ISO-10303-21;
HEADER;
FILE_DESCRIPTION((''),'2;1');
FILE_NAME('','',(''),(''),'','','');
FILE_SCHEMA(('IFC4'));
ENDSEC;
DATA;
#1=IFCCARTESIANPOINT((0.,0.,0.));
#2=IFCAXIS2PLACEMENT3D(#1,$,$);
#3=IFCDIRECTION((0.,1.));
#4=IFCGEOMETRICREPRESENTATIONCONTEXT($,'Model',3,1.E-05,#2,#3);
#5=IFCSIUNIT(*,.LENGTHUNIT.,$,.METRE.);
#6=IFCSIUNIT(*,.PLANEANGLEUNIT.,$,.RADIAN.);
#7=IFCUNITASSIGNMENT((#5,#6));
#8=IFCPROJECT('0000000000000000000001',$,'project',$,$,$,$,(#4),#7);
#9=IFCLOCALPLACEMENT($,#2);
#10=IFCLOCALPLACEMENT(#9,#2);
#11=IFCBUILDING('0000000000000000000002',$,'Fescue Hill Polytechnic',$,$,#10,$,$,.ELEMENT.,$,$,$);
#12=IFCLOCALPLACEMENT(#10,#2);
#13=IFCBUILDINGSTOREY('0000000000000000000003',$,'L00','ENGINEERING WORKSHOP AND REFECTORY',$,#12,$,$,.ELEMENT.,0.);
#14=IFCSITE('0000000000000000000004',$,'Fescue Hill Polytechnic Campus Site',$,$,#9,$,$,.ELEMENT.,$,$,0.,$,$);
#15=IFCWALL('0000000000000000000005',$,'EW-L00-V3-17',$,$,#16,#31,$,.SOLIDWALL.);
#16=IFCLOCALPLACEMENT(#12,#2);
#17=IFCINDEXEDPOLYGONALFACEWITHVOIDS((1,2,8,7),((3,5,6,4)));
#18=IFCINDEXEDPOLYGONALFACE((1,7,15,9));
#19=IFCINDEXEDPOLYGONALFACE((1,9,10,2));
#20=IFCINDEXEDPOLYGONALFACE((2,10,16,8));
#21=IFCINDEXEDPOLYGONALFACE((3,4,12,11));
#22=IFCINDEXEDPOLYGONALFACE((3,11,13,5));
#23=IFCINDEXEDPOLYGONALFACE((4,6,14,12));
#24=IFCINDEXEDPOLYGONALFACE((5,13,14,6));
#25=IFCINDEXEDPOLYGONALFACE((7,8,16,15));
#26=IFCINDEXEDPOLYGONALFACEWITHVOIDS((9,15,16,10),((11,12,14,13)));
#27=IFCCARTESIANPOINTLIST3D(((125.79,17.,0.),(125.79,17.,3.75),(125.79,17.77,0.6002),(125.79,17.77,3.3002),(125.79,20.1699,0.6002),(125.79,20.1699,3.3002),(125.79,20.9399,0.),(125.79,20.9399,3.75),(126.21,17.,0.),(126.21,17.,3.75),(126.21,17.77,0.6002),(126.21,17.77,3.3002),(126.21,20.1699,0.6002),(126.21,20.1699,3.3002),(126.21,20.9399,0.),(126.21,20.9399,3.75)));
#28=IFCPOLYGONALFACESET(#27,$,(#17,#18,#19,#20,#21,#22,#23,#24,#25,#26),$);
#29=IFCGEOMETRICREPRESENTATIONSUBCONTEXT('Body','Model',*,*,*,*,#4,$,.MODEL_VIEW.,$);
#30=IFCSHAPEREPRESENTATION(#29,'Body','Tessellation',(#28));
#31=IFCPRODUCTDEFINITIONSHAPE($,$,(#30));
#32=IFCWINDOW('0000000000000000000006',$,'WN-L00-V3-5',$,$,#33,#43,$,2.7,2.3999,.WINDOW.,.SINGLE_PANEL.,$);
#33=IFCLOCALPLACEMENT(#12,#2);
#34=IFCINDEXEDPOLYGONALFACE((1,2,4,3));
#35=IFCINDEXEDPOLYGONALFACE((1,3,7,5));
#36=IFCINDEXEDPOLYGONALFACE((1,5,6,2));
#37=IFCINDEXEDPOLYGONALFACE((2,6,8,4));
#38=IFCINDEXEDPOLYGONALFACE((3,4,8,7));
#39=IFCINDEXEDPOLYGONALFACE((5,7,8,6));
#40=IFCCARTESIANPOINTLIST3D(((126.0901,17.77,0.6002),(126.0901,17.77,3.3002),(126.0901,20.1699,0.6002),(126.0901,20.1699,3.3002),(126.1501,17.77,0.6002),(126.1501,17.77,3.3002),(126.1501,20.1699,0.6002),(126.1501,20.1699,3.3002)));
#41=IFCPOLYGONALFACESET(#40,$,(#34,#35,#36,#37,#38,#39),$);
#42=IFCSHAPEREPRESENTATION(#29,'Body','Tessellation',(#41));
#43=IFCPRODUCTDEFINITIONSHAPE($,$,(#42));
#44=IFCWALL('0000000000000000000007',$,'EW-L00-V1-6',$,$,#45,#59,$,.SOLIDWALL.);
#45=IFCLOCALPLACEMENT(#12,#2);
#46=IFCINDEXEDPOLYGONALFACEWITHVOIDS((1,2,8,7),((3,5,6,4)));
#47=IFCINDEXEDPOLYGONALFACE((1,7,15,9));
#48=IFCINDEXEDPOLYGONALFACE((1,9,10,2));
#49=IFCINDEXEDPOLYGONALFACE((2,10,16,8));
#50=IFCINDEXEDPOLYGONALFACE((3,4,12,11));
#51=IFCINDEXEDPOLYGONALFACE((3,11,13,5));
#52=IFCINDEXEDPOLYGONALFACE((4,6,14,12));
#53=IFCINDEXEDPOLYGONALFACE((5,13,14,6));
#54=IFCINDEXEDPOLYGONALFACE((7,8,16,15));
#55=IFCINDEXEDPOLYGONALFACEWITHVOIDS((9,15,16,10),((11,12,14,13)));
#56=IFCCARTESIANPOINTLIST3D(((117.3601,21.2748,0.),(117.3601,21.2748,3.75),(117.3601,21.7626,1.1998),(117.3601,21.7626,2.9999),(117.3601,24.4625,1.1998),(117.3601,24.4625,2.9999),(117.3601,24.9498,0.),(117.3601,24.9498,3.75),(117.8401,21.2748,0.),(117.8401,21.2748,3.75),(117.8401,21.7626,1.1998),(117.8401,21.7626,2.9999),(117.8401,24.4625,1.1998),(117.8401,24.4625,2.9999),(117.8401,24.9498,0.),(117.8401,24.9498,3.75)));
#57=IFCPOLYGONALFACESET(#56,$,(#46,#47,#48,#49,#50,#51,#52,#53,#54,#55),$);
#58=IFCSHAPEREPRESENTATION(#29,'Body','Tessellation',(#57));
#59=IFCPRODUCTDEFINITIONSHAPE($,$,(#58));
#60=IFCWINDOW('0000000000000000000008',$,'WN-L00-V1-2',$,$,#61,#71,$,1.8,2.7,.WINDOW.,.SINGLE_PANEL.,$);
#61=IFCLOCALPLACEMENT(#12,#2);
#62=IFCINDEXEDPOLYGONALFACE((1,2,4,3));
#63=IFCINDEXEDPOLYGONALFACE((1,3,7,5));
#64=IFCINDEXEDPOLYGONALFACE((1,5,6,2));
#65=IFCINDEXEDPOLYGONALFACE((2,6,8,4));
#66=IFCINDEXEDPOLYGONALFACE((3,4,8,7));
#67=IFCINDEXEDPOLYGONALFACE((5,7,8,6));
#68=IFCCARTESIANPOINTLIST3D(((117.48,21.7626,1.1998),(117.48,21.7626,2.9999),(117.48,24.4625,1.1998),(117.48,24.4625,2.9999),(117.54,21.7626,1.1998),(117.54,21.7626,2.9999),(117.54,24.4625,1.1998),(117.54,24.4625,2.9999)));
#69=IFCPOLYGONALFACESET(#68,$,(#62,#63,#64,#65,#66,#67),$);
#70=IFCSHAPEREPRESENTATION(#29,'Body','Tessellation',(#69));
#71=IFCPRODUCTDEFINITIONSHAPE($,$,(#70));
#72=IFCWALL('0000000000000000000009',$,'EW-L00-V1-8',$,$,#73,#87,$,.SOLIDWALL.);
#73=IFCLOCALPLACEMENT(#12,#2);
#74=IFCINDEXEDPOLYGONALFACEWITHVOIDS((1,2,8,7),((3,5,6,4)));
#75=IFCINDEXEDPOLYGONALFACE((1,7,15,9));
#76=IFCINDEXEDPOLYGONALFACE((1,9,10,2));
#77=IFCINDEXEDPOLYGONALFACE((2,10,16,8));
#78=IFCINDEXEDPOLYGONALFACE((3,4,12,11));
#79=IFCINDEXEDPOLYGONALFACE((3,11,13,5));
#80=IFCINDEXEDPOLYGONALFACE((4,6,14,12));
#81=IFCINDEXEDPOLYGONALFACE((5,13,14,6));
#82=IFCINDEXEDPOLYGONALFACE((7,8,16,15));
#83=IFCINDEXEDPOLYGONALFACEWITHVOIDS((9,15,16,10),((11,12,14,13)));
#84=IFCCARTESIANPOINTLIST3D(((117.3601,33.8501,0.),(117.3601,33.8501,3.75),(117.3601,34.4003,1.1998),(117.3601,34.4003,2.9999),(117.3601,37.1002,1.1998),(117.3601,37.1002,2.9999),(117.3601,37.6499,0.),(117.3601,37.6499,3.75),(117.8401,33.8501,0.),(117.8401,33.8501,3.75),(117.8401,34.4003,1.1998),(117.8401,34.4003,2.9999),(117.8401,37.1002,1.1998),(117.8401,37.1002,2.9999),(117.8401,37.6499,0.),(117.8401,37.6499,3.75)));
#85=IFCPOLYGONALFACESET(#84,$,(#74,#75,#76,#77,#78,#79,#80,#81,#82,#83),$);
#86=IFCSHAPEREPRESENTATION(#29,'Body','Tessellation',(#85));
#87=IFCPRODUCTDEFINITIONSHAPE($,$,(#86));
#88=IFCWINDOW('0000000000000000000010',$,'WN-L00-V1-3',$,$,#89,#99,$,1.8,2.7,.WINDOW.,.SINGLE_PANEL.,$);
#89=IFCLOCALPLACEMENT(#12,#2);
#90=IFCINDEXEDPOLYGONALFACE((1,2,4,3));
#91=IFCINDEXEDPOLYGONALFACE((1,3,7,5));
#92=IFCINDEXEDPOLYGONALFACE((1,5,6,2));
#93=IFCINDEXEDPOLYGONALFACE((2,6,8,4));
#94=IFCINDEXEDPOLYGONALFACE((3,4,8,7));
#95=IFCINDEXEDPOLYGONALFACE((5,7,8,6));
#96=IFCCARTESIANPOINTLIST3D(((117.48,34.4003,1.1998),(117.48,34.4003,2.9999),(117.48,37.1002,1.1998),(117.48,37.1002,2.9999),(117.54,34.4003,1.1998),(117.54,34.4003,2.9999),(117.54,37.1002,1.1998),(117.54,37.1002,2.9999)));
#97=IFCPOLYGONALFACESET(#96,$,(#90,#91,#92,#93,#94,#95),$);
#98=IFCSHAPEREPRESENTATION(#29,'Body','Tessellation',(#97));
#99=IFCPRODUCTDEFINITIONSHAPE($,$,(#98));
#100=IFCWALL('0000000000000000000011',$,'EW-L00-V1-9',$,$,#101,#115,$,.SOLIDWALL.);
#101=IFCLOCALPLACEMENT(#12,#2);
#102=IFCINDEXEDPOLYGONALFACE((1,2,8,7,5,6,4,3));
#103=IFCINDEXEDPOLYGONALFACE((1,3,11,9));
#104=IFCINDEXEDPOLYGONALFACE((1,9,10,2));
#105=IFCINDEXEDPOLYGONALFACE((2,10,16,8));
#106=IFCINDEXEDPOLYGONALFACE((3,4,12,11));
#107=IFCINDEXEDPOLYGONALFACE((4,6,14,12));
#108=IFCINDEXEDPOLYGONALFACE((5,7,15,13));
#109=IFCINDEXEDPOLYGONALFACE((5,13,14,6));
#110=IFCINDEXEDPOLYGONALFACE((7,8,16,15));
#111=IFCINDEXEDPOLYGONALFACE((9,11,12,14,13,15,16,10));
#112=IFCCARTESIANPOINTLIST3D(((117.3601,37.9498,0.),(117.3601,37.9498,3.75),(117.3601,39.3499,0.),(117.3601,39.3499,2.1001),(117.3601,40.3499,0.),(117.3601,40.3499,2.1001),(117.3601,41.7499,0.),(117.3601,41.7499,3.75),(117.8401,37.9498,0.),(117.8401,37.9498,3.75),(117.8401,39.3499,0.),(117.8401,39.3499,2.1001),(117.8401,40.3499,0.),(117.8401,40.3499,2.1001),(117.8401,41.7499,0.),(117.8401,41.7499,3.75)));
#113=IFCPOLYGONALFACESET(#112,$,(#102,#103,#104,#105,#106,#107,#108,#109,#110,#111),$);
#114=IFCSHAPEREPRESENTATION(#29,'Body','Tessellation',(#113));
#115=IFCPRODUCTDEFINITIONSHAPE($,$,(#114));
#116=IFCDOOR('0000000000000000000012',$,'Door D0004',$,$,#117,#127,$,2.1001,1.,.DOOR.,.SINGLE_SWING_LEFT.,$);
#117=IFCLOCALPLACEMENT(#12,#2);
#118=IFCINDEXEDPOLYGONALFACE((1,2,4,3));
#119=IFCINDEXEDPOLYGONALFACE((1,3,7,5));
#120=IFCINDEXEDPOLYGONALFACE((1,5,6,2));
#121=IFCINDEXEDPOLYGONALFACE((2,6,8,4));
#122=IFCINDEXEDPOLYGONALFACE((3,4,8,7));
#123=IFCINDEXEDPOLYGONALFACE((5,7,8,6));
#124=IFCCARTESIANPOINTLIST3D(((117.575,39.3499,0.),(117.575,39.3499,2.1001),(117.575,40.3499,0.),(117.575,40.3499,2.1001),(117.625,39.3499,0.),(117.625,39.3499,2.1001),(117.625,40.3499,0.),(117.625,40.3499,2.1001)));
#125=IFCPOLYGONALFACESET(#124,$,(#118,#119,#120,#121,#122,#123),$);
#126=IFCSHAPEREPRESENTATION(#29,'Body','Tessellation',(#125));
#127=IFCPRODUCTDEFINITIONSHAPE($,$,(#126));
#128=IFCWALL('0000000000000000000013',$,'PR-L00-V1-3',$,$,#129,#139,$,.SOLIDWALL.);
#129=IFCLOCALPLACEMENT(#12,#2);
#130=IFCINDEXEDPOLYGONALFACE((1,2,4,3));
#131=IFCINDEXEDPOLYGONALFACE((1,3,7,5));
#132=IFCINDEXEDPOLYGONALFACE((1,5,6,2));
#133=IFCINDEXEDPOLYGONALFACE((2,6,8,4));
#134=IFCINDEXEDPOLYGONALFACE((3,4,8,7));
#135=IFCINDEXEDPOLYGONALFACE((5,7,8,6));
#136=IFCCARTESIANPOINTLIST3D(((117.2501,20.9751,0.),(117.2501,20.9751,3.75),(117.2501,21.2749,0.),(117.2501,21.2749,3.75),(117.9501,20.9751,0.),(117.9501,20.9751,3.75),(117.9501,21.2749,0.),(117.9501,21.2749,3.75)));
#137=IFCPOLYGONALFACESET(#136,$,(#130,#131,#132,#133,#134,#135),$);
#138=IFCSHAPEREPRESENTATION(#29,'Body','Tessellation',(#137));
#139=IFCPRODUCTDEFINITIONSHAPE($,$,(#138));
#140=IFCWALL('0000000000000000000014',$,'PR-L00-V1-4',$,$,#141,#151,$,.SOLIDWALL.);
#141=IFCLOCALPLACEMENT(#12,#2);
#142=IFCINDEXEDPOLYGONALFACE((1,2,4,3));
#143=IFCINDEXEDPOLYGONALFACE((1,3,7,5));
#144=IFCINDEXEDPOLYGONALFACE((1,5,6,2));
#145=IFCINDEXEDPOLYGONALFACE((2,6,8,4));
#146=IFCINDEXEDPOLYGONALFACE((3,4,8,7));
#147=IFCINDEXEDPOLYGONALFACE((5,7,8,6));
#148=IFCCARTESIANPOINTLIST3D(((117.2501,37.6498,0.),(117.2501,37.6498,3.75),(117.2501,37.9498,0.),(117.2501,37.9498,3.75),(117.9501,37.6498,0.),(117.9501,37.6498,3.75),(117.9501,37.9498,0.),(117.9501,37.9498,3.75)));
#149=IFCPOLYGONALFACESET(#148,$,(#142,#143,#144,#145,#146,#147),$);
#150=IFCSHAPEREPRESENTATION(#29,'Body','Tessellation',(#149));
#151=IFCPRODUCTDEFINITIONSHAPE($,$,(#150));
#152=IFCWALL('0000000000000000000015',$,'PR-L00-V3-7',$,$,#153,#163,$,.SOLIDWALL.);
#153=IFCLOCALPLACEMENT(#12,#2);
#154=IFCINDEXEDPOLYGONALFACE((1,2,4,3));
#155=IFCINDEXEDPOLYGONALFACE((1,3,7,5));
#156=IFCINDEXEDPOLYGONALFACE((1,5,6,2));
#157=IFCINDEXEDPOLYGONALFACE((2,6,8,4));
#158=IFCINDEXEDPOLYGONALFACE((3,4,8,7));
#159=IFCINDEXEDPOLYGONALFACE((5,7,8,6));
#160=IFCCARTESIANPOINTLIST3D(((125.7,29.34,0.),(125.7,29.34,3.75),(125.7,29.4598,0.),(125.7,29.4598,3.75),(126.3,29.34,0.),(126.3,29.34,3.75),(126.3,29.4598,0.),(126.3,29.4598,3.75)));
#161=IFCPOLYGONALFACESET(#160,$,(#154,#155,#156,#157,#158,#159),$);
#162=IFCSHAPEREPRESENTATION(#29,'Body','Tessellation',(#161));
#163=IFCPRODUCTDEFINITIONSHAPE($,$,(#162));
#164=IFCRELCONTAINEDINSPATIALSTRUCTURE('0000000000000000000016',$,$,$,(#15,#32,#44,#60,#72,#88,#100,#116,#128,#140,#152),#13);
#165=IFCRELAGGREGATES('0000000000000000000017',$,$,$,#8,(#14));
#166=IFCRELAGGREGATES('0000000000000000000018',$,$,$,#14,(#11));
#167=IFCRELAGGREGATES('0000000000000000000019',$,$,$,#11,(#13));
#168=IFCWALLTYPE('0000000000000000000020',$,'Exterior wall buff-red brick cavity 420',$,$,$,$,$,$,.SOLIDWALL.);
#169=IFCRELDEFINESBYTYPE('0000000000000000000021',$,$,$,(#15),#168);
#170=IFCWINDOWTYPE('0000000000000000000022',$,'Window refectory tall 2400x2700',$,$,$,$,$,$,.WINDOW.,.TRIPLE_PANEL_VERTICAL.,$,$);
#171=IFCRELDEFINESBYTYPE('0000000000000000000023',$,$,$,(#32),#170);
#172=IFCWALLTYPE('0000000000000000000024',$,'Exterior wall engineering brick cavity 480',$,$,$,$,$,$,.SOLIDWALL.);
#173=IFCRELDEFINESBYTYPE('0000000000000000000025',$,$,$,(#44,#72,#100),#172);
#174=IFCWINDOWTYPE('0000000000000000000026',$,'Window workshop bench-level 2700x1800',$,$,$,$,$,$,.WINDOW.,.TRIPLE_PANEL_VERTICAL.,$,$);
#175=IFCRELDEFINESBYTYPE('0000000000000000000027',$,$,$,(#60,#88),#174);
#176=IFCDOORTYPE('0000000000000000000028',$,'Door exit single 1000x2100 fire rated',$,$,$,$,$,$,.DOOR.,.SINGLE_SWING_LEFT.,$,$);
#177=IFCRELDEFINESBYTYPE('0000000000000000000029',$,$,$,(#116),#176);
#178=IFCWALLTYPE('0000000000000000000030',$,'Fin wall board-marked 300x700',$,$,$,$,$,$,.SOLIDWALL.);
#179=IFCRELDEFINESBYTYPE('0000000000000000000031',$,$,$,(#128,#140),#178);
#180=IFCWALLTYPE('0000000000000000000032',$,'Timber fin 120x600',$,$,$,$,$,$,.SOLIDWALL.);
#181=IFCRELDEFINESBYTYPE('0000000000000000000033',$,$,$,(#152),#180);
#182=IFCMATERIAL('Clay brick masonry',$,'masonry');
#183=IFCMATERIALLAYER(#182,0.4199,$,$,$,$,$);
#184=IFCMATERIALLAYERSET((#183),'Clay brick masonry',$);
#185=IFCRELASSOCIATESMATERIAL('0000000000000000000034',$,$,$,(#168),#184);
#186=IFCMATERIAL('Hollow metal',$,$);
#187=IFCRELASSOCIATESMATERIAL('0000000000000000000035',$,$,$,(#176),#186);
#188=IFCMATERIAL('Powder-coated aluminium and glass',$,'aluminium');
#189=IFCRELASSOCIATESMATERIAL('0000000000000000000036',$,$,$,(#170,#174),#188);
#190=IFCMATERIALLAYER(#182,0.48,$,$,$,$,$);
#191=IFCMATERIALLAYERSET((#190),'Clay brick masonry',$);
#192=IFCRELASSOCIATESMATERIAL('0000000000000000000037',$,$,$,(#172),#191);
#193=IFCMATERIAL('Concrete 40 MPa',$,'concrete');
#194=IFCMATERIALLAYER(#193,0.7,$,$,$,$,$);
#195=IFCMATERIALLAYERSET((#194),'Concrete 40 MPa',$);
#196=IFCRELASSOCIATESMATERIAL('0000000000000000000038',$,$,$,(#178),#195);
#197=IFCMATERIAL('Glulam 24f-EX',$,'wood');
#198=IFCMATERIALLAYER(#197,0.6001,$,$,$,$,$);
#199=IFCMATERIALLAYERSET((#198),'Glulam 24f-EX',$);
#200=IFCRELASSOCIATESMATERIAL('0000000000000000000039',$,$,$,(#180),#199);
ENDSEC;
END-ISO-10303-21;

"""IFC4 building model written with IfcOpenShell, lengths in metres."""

from ifc_helpers import new_model, si_unit, direction, frame, frame_2d, origin, place, context, subcontext, project, spatial, rectangle, extrude, material, layer, layer_set, type_object, element, fill, save


model = new_model("IFC4")

# Units and contexts
model_context = context("Model", 3, precision=1e-05, world=origin(), true_north=direction((0.0, 1.0)))
body_context = subcontext(model_context, "Body", "Model", "MODEL_VIEW")
ifc_project = project(units=[si_unit("LENGTHUNIT", "METRE"), si_unit("PLANEANGLEUNIT", "RADIAN")], contexts=[model_context])

# Site, building, storey
site_placement = place(None, origin())
site = spatial("IfcSite", under=ifc_project, at=site_placement, Name="Fescue Hill Polytechnic Campus Site", CompositionType="ELEMENT", RefElevation=0.0)
building_placement = place(site_placement, origin())
building = spatial("IfcBuilding", under=site, at=building_placement, Name="Fescue Hill Polytechnic", CompositionType="ELEMENT")
storey_placement = place(building_placement, origin())
storey = spatial("IfcBuildingStorey", under=building, at=storey_placement, Name="L00", Description="ENGINEERING WORKSHOP AND REFECTORY", CompositionType="ELEMENT", Elevation=0.0)

# Shared definitions
ifc_material_1 = material(Name="Concrete 40 MPa", Category="concrete")

# Shared definitions
ifc_material_2 = material(Name="Clay brick masonry", Category="masonry")
ifc_layer_1 = layer(ifc_material_2, 0.4199)
ifc_layer_set_1 = layer_set([ifc_layer_1], Name="Clay brick masonry")
wall_type_1 = type_object("IfcWallType", Name="Exterior wall buff-red brick cavity 420", PredefinedType="SOLIDWALL", material=ifc_layer_set_1)
ifc_material_3 = material(Name="Hollow metal")
door_type_1 = type_object("IfcDoorType", Name="Door exit single 1000x2100 fire rated", OperationType="SINGLE_SWING_LEFT", PredefinedType="DOOR", material=ifc_material_3)

# Shared definitions
ifc_material_4 = material(Name="Powder-coated aluminium and glass", Category="aluminium")
window_type_1 = type_object("IfcWindowType", Name="Window refectory tall 2400x2700", PartitioningType="TRIPLE_PANEL_VERTICAL", PredefinedType="WINDOW", material=ifc_material_4)

# Walls, openings, windows
wall_1_placement = place(storey_placement, frame((126.0, 20.9399, 0.0), z_axis=(0.0, 0.0, 1.0), x_axis=(0.0, -1.0, 0.0)))
wall_1 = element("IfcWall", 1, at=wall_1_placement, inside=storey, type_object=wall_type_1, Name="EW-L00-V3-17", PredefinedType="SOLIDWALL", context=body_context, shape_type="SweptSolid", body=[
    extrude(rectangle(XDim=3.9399, YDim=0.4199, at=frame_2d((1.97, 0.0))), origin(), (0.0, 0.0, 1.0), 3.75),
])
opening_1_placement = place(wall_1_placement, frame((0.77, 0.0, 0.6001)))
opening_1 = element("IfcOpeningElement", 2, at=opening_1_placement, cuts=wall_1, PredefinedType="OPENING", context=body_context, shape_type="SweptSolid", body=[
    extrude(rectangle(XDim=2.3999, YDim=2.7, at=frame_2d((1.2, 1.3501))), frame((0.0, 0.22, 0.0), z_axis=(0.0, -1.0, 0.0), x_axis=(1.0, 0.0, 0.0)), (0.0, 0.0, 1.0), 0.4399),
])
window_1_placement = place(opening_1_placement, origin())
window_1 = element("IfcWindow", 3, at=window_1_placement, inside=storey, type_object=window_type_1, Name="WN-L00-V3-5", OverallHeight=2.7, OverallWidth=2.3999, PartitioningType="SINGLE_PANEL", PredefinedType="WINDOW", context=body_context, shape_type="SweptSolid", body=[
    extrude(rectangle(XDim=2.3999, YDim=2.7, at=frame_2d((1.2, 1.3501))), frame((0.0, 0.1501, 0.0), z_axis=(0.0, -1.0, 0.0), x_axis=(1.0, 0.0, 0.0)), (0.0, 0.0, 1.0), 0.0601),
])
fill(opening_1, window_1)
ifc_layer_2 = layer(ifc_material_2, 0.48)
ifc_layer_set_2 = layer_set([ifc_layer_2], Name="Clay brick masonry")
wall_type_2 = type_object("IfcWallType", Name="Exterior wall engineering brick cavity 480", PredefinedType="SOLIDWALL", material=ifc_layer_set_2)
wall_2_placement = place(storey_placement, frame((117.6001, 21.2749, 0.0), z_axis=(0.0, 0.0, 1.0), x_axis=(0.0, 1.0, 0.0)))
wall_2 = element("IfcWall", 4, at=wall_2_placement, inside=storey, type_object=wall_type_2, Name="EW-L00-V1-6", PredefinedType="SOLIDWALL", context=body_context, shape_type="SweptSolid", body=[
    extrude(rectangle(XDim=3.675, YDim=0.48, at=frame_2d((1.8374, 0.0))), origin(), (0.0, 0.0, 1.0), 3.75),
])
opening_2_placement = place(wall_2_placement, frame((0.4875, 0.0, 1.2)))
opening_2 = element("IfcOpeningElement", 5, at=opening_2_placement, cuts=wall_2, PredefinedType="OPENING", context=body_context, shape_type="SweptSolid", body=[
    extrude(rectangle(XDim=2.7, YDim=1.8, at=frame_2d((1.3501, 0.8999))), frame((0.0, 0.25, 0.0), z_axis=(0.0, -1.0, 0.0), x_axis=(1.0, 0.0, 0.0)), (0.0, 0.0, 1.0), 0.5),
])
window_type_2 = type_object("IfcWindowType", Name="Window workshop bench-level 2700x1800", PartitioningType="TRIPLE_PANEL_VERTICAL", PredefinedType="WINDOW", material=ifc_material_4)
window_2_placement = place(opening_2_placement, origin())
window_2 = element("IfcWindow", 6, at=window_2_placement, inside=storey, type_object=window_type_2, Name="WN-L00-V1-2", OverallHeight=1.8, OverallWidth=2.7, PartitioningType="SINGLE_PANEL", PredefinedType="WINDOW", context=body_context, shape_type="SweptSolid", body=[
    extrude(rectangle(XDim=2.7, YDim=1.8, at=frame_2d((1.3501, 0.8999))), frame((0.0, 0.1201, 0.0), z_axis=(0.0, -1.0, 0.0), x_axis=(1.0, 0.0, 0.0)), (0.0, 0.0, 1.0), 0.0601),
])
fill(opening_2, window_2)

# Wall, opening, window
wall_3_placement = place(storey_placement, frame((117.6001, 33.8501, 0.0), z_axis=(0.0, 0.0, 1.0), x_axis=(0.0, 1.0, 0.0)))
wall_3 = element("IfcWall", 7, at=wall_3_placement, inside=storey, type_object=wall_type_2, Name="EW-L00-V1-8", PredefinedType="SOLIDWALL", context=body_context, shape_type="SweptSolid", body=[
    extrude(rectangle(XDim=3.7998, YDim=0.48, at=frame_2d((1.8999, 0.0))), origin(), (0.0, 0.0, 1.0), 3.75),
])
opening_3_placement = place(wall_3_placement, frame((0.55, 0.0, 1.2)))
opening_3 = element("IfcOpeningElement", 8, at=opening_3_placement, cuts=wall_3, PredefinedType="OPENING", context=body_context, shape_type="SweptSolid", body=[
    extrude(rectangle(XDim=2.7, YDim=1.8, at=frame_2d((1.3501, 0.8999))), frame((0.0, 0.25, 0.0), z_axis=(0.0, -1.0, 0.0), x_axis=(1.0, 0.0, 0.0)), (0.0, 0.0, 1.0), 0.5),
])
window_3_placement = place(opening_3_placement, origin())
window_3 = element("IfcWindow", 9, at=window_3_placement, inside=storey, type_object=window_type_2, Name="WN-L00-V1-3", OverallHeight=1.8, OverallWidth=2.7, PartitioningType="SINGLE_PANEL", PredefinedType="WINDOW", context=body_context, shape_type="SweptSolid", body=[
    extrude(rectangle(XDim=2.7, YDim=1.8, at=frame_2d((1.3501, 0.8999))), frame((0.0, 0.1201, 0.0), z_axis=(0.0, -1.0, 0.0), x_axis=(1.0, 0.0, 0.0)), (0.0, 0.0, 1.0), 0.0601),
])
fill(opening_3, window_3)

# Wall, opening, door
wall_4_placement = place(storey_placement, frame((117.6001, 37.95, 0.0), z_axis=(0.0, 0.0, 1.0), x_axis=(0.0, 1.0, 0.0)))
wall_4 = element("IfcWall", 10, at=wall_4_placement, inside=storey, type_object=wall_type_2, Name="EW-L00-V1-9", PredefinedType="SOLIDWALL", context=body_context, shape_type="SweptSolid", body=[
    extrude(rectangle(XDim=3.8, YDim=0.48, at=frame_2d((1.8999, 0.0))), origin(), (0.0, 0.0, 1.0), 3.75),
])
opening_4_placement = place(wall_4_placement, frame((2.3999, 0.0, 0.0), z_axis=(0.0, 0.0, 1.0), x_axis=(-1.0, 0.0, 0.0)))
opening_4 = element("IfcOpeningElement", 11, at=opening_4_placement, cuts=wall_4, PredefinedType="OPENING", context=body_context, shape_type="SweptSolid", body=[
    extrude(rectangle(XDim=1.0, YDim=2.1001, at=frame_2d((0.5, 1.05))), frame((0.0, 0.25, 0.0), z_axis=(0.0, -1.0, 0.0), x_axis=(1.0, 0.0, 0.0)), (0.0, 0.0, 1.0), 0.5),
])
door_1_placement = place(opening_4_placement, origin())
door_1 = element("IfcDoor", 12, at=door_1_placement, inside=storey, type_object=door_type_1, Name="Door D0004", OperationType="SINGLE_SWING_LEFT", OverallHeight=2.1001, OverallWidth=1.0, PredefinedType="DOOR", context=body_context, shape_type="SweptSolid", body=[
    extrude(rectangle(XDim=1.0, YDim=2.1001, at=frame_2d((0.5, 1.05))), frame((0.0, 0.0249, 0.0), z_axis=(0.0, -1.0, 0.0), x_axis=(1.0, 0.0, 0.0)), (0.0, 0.0, 1.0), 0.05),
])
fill(opening_4, door_1)

# Walls
ifc_layer_3 = layer(ifc_material_1, 0.7)
ifc_layer_set_3 = layer_set([ifc_layer_3], Name="Concrete 40 MPa")
wall_type_3 = type_object("IfcWallType", Name="Fin wall board-marked 300x700", PredefinedType="SOLIDWALL", material=ifc_layer_set_3)
wall_5_placement = place(storey_placement, frame((117.6001, 20.9751, 0.0), z_axis=(0.0, 0.0, 1.0), x_axis=(0.0, 1.0, 0.0)))
element("IfcWall", 13, at=wall_5_placement, inside=storey, type_object=wall_type_3, Name="PR-L00-V1-3", PredefinedType="SOLIDWALL", context=body_context, shape_type="SweptSolid", body=[
    extrude(rectangle(XDim=0.2998, YDim=0.7, at=frame_2d((0.1499, 0.0))), origin(), (0.0, 0.0, 1.0), 3.75),
])
wall_6_placement = place(storey_placement, frame((117.6001, 37.6499, 0.0), z_axis=(0.0, 0.0, 1.0), x_axis=(0.0, 1.0, 0.0)))
element("IfcWall", 14, at=wall_6_placement, inside=storey, type_object=wall_type_3, Name="PR-L00-V1-4", PredefinedType="SOLIDWALL", context=body_context, shape_type="SweptSolid", body=[
    extrude(rectangle(XDim=0.3, YDim=0.7, at=frame_2d((0.1499, 0.0))), origin(), (0.0, 0.0, 1.0), 3.75),
])
ifc_material_5 = material(Name="Glulam 24f-EX", Category="wood")
ifc_layer_4 = layer(ifc_material_5, 0.6001)
ifc_layer_set_4 = layer_set([ifc_layer_4], Name="Glulam 24f-EX")
wall_type_4 = type_object("IfcWallType", Name="Timber fin 120x600", PredefinedType="SOLIDWALL", material=ifc_layer_set_4)
wall_7_placement = place(storey_placement, frame((126.0, 29.46, 0.0), z_axis=(0.0, 0.0, 1.0), x_axis=(0.0, -1.0, 0.0)))
element("IfcWall", 15, at=wall_7_placement, inside=storey, type_object=wall_type_4, Name="PR-L00-V3-7", PredefinedType="SOLIDWALL", context=body_context, shape_type="SweptSolid", body=[
    extrude(rectangle(XDim=0.1199, YDim=0.6001, at=frame_2d((0.0601, 0.0))), origin(), (0.0, 0.0, 1.0), 3.75),
])

save(model, "model.ifc")
